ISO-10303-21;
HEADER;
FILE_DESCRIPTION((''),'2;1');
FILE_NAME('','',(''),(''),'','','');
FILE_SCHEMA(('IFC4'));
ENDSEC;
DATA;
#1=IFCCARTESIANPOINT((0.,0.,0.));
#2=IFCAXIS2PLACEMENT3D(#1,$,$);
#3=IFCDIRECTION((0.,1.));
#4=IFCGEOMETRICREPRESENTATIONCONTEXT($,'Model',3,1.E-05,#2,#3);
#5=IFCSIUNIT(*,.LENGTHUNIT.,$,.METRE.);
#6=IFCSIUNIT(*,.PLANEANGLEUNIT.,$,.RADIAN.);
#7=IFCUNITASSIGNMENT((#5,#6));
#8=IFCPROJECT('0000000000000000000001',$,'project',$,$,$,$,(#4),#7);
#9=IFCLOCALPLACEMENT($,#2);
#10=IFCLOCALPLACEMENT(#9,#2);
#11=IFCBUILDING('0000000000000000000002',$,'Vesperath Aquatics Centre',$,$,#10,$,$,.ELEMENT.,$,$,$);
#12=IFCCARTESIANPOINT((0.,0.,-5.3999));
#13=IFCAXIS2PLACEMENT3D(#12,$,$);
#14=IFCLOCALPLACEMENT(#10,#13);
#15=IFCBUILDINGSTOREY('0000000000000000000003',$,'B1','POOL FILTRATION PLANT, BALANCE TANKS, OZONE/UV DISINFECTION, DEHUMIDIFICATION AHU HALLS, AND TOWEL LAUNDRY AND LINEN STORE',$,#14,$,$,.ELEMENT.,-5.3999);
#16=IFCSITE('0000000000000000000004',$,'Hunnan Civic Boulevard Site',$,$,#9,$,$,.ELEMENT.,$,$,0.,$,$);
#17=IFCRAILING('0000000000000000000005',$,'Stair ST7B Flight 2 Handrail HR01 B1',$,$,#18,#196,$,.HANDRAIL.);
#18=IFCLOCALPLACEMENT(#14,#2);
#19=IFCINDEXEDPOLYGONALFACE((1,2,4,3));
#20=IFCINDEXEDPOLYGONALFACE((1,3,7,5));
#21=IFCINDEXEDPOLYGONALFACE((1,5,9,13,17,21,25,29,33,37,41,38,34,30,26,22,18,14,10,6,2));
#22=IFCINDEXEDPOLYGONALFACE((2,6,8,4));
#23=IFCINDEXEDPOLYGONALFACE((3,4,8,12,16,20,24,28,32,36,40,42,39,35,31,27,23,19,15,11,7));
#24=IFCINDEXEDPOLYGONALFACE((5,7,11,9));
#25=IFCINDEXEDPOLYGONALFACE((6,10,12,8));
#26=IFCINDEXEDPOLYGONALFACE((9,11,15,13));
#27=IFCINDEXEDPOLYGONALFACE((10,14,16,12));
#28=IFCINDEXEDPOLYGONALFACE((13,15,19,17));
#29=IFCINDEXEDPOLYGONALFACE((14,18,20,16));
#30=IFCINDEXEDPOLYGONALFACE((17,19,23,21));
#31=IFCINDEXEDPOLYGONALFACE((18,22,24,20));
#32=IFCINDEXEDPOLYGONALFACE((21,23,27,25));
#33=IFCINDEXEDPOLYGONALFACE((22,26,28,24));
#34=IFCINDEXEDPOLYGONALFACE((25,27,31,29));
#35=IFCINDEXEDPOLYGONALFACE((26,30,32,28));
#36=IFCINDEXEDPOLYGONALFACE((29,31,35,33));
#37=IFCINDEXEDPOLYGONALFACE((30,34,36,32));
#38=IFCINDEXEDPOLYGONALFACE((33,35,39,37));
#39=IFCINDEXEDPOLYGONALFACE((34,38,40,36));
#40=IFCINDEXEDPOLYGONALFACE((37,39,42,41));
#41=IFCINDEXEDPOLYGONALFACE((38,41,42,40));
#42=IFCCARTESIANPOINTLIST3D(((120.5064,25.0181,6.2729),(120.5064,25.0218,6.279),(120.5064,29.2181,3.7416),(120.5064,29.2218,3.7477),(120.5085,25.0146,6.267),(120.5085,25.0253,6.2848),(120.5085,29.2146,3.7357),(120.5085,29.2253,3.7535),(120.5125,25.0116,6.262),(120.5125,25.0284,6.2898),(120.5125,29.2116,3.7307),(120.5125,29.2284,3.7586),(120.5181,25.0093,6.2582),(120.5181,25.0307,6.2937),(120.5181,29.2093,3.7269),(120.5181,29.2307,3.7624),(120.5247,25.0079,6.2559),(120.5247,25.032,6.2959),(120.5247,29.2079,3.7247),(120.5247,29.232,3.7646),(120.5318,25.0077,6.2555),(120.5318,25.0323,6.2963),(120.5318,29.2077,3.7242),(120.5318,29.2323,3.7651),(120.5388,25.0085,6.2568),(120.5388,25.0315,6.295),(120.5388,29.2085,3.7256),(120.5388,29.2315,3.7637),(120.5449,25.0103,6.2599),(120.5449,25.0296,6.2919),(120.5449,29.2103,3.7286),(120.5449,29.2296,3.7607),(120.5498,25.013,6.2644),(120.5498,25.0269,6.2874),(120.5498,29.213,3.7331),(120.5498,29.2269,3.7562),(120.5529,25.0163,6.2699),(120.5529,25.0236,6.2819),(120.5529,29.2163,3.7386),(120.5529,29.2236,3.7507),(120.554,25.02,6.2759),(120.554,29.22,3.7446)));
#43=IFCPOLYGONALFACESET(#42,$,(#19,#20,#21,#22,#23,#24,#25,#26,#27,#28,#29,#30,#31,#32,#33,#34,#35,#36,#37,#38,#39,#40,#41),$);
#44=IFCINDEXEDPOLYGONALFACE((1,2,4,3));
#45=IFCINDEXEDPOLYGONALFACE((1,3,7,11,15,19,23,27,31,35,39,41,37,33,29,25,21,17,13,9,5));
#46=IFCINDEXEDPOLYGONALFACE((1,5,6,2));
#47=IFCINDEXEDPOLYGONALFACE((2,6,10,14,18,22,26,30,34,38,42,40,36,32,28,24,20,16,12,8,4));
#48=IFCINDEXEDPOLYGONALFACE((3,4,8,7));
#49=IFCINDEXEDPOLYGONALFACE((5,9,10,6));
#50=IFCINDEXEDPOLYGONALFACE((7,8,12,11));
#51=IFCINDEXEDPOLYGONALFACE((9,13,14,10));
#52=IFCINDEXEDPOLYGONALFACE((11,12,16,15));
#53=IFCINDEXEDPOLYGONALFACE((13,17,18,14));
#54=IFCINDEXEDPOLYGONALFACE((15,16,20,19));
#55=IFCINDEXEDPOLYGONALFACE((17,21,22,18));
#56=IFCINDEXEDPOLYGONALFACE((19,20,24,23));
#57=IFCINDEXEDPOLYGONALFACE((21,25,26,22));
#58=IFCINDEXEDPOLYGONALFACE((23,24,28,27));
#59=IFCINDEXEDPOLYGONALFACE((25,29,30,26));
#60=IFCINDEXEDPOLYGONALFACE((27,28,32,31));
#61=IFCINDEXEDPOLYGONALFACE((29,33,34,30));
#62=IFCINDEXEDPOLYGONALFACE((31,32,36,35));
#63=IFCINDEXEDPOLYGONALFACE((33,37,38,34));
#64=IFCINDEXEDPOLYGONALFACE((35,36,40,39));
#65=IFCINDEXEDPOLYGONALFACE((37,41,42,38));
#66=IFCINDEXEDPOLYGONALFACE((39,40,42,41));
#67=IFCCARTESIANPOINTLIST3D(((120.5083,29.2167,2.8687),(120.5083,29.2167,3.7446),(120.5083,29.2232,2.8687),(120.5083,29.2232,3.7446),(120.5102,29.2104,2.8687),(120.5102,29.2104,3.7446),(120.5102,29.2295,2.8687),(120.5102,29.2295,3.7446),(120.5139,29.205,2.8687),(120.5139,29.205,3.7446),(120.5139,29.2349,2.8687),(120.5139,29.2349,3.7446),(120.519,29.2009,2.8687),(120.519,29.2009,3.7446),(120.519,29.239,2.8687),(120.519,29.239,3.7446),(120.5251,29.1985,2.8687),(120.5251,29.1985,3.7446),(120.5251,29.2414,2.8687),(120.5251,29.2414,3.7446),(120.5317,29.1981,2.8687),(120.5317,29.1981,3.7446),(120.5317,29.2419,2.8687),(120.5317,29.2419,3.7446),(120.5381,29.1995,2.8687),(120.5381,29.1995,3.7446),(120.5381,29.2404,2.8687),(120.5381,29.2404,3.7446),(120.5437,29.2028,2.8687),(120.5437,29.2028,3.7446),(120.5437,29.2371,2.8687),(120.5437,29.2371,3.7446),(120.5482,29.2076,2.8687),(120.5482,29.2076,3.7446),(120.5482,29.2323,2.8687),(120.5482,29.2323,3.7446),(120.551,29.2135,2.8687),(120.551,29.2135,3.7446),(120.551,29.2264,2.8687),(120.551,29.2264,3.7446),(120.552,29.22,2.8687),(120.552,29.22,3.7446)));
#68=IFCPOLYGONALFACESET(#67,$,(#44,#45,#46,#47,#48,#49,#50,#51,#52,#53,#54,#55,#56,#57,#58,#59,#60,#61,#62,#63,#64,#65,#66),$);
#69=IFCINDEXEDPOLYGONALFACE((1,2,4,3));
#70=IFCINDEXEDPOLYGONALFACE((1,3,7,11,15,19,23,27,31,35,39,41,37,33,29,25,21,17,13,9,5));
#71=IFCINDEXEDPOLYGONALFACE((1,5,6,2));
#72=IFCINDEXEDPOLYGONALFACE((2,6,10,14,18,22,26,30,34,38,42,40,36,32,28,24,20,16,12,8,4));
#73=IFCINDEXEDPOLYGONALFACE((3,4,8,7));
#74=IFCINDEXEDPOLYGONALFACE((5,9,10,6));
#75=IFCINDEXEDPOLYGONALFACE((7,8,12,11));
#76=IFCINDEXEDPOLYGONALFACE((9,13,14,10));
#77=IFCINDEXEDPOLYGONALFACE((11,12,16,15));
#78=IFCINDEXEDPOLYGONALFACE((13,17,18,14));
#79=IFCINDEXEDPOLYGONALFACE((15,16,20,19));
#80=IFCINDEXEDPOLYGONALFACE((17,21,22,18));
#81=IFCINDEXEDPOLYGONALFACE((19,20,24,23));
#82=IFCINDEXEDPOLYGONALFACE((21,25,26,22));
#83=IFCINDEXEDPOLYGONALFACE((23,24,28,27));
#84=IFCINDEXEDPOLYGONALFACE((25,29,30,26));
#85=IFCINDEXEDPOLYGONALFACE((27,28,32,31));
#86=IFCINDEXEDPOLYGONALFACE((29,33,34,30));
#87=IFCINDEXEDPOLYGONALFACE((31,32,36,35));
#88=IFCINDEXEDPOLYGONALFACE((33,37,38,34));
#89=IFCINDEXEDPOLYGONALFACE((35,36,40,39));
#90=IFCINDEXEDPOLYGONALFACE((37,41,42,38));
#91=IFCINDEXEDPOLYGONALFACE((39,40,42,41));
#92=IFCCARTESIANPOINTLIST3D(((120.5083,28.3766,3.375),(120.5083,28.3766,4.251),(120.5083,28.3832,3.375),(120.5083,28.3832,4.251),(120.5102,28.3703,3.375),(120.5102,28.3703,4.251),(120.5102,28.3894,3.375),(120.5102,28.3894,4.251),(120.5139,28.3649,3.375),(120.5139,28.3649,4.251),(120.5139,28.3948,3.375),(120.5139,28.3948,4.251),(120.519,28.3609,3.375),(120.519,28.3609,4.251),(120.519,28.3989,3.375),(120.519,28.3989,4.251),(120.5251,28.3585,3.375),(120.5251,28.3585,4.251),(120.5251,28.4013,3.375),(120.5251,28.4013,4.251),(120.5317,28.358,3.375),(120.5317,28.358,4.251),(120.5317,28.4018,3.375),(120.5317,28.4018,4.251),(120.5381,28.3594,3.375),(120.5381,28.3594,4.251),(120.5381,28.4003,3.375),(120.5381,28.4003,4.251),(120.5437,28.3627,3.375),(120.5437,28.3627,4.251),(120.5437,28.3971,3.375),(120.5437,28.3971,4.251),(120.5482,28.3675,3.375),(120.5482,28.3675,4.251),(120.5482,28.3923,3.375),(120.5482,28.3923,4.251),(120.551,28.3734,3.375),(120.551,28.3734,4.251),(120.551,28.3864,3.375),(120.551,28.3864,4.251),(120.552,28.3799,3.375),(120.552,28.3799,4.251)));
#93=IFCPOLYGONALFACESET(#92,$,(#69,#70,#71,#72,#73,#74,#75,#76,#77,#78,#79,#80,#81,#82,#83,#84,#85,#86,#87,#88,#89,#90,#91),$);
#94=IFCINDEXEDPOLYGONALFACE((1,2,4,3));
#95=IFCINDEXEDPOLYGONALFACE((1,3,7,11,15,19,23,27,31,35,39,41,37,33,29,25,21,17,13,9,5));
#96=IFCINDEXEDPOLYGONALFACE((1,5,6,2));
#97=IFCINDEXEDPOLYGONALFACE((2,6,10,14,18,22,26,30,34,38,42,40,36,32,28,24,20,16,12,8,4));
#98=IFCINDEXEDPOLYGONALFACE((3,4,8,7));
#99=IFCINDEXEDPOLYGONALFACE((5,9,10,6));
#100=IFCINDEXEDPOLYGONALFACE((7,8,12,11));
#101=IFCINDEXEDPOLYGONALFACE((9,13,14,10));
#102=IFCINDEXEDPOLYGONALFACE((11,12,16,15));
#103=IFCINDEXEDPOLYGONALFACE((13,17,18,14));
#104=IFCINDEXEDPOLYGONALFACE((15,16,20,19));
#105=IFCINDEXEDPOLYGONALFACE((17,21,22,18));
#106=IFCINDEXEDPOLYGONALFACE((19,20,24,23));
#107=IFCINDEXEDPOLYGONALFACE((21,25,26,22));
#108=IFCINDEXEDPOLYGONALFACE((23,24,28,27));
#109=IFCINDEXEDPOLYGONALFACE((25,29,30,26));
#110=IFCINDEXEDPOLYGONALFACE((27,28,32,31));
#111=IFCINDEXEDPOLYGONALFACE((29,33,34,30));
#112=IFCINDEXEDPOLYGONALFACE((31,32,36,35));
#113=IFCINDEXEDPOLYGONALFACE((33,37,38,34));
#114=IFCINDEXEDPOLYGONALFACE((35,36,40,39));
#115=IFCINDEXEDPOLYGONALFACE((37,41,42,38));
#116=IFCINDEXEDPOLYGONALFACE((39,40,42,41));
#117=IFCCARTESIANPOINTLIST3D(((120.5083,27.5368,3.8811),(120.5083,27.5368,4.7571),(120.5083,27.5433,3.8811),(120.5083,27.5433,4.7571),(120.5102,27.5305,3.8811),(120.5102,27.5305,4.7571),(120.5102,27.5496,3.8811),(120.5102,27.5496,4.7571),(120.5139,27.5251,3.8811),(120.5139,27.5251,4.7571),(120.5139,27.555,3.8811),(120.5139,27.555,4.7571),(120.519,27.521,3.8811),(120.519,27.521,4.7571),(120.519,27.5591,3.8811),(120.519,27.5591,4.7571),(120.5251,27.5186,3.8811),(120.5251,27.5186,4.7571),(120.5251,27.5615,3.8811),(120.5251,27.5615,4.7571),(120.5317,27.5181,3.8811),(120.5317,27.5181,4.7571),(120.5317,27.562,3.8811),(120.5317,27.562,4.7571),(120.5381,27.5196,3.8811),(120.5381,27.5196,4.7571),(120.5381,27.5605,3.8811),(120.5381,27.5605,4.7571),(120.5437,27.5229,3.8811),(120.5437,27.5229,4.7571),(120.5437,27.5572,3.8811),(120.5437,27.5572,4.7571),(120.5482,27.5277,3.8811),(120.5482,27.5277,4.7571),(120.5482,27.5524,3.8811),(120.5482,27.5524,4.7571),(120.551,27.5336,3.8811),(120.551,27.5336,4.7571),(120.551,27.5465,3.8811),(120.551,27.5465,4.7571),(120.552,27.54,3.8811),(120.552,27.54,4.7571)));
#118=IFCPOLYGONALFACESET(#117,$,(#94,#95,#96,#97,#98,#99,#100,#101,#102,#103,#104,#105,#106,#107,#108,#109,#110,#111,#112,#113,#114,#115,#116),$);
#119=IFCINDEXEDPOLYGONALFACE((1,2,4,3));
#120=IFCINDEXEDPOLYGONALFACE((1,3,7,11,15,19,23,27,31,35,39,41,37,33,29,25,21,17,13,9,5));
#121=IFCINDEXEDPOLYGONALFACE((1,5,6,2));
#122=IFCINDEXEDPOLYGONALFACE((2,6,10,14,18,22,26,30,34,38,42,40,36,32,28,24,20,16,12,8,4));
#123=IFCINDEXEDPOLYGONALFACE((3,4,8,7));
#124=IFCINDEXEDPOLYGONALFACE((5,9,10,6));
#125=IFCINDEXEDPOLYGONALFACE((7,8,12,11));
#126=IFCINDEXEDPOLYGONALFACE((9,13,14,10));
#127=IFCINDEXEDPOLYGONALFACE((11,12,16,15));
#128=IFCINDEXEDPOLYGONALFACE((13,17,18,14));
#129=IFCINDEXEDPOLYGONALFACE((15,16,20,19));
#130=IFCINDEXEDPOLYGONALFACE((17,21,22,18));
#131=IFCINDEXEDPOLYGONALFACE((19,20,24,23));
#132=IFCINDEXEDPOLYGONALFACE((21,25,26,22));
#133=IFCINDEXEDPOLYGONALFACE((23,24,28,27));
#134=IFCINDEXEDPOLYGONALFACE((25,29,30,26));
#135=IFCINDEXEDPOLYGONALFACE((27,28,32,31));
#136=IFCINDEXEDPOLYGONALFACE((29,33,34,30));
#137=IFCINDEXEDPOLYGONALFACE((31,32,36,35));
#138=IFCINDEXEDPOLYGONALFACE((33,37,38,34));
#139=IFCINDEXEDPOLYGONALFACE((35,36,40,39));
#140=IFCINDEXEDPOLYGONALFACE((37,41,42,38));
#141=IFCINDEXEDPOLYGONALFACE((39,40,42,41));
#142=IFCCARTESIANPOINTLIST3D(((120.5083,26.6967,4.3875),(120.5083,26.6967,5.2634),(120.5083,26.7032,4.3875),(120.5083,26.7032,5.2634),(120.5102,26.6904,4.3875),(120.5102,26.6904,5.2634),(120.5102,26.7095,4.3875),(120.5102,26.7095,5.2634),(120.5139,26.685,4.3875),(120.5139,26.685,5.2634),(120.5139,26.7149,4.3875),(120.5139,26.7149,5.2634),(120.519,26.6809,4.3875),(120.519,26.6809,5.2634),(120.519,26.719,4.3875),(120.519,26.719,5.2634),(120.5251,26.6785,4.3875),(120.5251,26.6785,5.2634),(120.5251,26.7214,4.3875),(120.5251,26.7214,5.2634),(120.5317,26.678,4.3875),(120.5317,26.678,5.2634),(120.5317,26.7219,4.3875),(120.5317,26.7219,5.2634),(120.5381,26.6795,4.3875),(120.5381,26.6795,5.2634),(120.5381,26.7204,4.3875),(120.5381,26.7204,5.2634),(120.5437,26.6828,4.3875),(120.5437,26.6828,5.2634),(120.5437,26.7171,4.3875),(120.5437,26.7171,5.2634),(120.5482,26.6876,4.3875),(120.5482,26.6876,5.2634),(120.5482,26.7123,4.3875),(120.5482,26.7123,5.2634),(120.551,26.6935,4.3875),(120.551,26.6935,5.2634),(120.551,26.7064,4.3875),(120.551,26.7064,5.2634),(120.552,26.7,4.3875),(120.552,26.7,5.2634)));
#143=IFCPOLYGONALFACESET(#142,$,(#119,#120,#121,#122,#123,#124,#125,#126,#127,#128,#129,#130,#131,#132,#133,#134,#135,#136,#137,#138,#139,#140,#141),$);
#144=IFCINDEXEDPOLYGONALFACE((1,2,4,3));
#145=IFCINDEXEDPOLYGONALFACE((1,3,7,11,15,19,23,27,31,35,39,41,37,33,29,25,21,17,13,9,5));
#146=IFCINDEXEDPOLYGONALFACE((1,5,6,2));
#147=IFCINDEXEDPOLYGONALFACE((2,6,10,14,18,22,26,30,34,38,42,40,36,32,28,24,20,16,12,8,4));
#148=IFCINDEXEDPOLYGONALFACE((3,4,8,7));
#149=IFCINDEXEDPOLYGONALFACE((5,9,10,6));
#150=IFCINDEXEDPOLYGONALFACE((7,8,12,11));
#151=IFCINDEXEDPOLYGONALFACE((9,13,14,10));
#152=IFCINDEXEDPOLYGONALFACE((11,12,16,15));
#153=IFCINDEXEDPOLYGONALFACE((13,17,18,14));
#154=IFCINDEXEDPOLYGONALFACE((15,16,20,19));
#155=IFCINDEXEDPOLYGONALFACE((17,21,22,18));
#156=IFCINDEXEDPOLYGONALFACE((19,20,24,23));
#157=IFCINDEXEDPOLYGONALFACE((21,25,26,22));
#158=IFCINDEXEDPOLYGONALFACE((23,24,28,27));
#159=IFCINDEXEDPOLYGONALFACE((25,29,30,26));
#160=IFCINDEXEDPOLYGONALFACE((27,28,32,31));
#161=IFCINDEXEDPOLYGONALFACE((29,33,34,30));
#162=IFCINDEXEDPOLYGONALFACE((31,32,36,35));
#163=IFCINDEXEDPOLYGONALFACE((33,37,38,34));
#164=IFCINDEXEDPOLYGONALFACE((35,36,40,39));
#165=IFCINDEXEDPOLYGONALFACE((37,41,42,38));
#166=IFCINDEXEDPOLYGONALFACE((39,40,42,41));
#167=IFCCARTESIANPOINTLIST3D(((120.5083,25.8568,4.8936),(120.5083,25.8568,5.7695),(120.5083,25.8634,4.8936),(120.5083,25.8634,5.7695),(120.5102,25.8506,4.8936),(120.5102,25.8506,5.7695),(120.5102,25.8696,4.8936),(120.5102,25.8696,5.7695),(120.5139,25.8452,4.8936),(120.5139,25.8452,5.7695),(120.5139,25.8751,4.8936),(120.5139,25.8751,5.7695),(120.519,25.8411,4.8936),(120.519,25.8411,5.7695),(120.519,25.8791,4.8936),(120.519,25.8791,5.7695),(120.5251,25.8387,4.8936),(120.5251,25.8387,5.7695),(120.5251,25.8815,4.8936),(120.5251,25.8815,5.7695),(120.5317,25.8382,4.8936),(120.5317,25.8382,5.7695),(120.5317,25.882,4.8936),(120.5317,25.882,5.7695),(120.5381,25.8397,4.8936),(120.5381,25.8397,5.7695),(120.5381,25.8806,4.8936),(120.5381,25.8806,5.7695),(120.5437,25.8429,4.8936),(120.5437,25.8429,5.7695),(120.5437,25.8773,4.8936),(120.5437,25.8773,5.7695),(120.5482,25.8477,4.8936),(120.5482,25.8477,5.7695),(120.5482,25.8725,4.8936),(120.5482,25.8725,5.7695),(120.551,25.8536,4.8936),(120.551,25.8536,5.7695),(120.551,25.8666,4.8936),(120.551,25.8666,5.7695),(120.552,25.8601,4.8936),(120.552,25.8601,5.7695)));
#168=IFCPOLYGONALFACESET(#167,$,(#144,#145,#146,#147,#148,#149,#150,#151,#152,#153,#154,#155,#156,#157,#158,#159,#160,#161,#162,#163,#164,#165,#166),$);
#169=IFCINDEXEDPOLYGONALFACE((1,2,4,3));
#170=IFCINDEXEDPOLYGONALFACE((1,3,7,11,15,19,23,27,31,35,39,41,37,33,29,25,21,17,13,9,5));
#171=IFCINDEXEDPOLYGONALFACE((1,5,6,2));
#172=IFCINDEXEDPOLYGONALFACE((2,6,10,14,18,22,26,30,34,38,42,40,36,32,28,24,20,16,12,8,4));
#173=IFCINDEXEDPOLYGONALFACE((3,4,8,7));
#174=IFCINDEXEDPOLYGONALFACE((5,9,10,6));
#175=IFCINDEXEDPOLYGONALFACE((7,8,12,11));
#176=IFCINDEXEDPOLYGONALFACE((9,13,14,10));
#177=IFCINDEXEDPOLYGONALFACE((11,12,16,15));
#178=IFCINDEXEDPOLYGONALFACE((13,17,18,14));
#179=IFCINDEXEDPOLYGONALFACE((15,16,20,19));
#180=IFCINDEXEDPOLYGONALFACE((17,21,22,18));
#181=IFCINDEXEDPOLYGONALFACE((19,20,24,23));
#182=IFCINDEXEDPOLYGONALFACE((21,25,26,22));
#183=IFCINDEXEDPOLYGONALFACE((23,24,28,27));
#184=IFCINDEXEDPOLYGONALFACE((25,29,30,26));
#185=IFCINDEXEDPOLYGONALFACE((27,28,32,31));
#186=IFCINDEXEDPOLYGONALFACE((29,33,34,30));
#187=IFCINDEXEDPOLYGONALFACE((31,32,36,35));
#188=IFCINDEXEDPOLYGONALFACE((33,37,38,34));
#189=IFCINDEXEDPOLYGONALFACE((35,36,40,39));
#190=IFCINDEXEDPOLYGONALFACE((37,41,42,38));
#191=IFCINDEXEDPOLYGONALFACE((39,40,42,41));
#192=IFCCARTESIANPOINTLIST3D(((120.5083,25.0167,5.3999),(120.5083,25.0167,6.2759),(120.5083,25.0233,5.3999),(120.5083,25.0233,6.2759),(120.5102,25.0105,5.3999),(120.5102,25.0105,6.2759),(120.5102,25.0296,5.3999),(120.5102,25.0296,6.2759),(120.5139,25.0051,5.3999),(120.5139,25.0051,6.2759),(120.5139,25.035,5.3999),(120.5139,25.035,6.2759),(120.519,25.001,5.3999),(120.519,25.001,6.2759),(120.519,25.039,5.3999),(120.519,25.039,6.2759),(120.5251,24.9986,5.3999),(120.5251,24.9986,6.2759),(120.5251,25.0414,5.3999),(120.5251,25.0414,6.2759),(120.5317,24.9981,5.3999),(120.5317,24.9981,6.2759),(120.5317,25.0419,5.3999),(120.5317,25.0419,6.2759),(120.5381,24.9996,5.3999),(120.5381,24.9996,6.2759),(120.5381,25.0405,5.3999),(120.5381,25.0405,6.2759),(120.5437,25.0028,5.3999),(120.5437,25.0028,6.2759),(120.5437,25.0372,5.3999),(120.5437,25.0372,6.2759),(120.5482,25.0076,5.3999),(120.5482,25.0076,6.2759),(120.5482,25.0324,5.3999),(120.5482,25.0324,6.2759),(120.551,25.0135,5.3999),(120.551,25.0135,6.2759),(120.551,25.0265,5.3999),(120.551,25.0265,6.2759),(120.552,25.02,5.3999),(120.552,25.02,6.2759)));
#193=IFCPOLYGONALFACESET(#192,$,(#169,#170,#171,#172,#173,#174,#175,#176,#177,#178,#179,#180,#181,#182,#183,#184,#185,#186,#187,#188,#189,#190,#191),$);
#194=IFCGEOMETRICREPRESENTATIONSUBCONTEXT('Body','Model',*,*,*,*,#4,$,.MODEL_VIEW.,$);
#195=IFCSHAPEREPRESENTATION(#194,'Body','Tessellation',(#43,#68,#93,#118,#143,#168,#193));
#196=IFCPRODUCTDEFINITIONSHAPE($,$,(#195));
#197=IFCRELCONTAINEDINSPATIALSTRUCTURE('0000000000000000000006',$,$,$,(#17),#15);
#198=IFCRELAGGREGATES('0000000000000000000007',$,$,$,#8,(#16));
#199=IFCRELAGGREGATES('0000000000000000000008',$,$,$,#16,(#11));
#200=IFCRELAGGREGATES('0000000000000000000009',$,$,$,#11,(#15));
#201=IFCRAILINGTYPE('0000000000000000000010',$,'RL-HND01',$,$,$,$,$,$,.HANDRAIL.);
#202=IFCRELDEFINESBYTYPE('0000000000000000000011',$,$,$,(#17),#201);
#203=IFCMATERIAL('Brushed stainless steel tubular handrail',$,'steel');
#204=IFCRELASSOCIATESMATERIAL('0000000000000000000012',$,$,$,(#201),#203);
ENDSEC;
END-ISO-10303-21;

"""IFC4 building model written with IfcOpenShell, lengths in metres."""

from ifc_helpers import new_model, si_unit, direction, frame, origin, origin_2d, place, context, subcontext, project, spatial, circle, extrude, material, type_object, element, save


model = new_model("IFC4")

# Units and contexts
model_context = context("Model", 3, precision=1e-05, world=origin(), true_north=direction((0.0, 1.0)))
body_context = subcontext(model_context, "Body", "Model", "MODEL_VIEW")
ifc_project = project(units=[si_unit("LENGTHUNIT", "METRE"), si_unit("PLANEANGLEUNIT", "RADIAN")], contexts=[model_context])

# Site, building, storey
site_placement = place(None, origin())
site = spatial("IfcSite", under=ifc_project, at=site_placement, Name="Hunnan Civic Boulevard Site", CompositionType="ELEMENT", RefElevation=0.0)
building_placement = place(site_placement, origin())
building = spatial("IfcBuilding", under=site, at=building_placement, Name="Vesperath Aquatics Centre", CompositionType="ELEMENT")
storey_placement = place(building_placement, frame((0.0, 0.0, -5.3999)))
storey = spatial("IfcBuildingStorey", under=building, at=storey_placement, Name="B1", Description="POOL FILTRATION PLANT, BALANCE TANKS, OZONE/UV DISINFECTION, DEHUMIDIFICATION AHU HALLS, AND TOWEL LAUNDRY AND LINEN STORE", CompositionType="ELEMENT", Elevation=-5.3999)

# Railing
ifc_material_1 = material(Name="Brushed stainless steel tubular handrail", Category="steel")
railing_type_1 = type_object("IfcRailingType", Name="RL-HND01", PredefinedType="HANDRAIL", material=ifc_material_1)
railing_1_placement = place(storey_placement, frame((120.53, 29.22, 2.8687)))
element("IfcRailing", 1, at=railing_1_placement, inside=storey, type_object=railing_type_1, Name="Stair ST7B Flight 2 Handrail HR01 B1", PredefinedType="HANDRAIL", context=body_context, shape_type="SweptSolid", body=[
    extrude(circle(Radius=0.0239, at=origin_2d()), frame((0.0, 0.0, 0.876), z_axis=(0.0, -0.856476, 0.516186), x_axis=(1.0, 0.0, 0.0)), (0.0, 0.0, 1.0), 4.9038),
    extrude(circle(Radius=0.022, at=origin_2d()), origin(), (0.0, 0.0, 1.0), 0.876),
    extrude(circle(Radius=0.022, at=origin_2d()), frame((0.0, -0.8401, 0.5063)), (0.0, 0.0, 1.0), 0.876),
    extrude(circle(Radius=0.022, at=origin_2d()), frame((0.0, -1.6799, 1.0125)), (0.0, 0.0, 1.0), 0.876),
    extrude(circle(Radius=0.022, at=origin_2d()), frame((0.0, -2.52, 1.5188)), (0.0, 0.0, 1.0), 0.876),
    extrude(circle(Radius=0.022, at=origin_2d()), frame((0.0, -3.3599, 2.0249)), (0.0, 0.0, 1.0), 0.876),
    extrude(circle(Radius=0.022, at=origin_2d()), frame((0.0, -4.2, 2.5312)), (0.0, 0.0, 1.0), 0.876),
])

save(model, "model.ifc")
